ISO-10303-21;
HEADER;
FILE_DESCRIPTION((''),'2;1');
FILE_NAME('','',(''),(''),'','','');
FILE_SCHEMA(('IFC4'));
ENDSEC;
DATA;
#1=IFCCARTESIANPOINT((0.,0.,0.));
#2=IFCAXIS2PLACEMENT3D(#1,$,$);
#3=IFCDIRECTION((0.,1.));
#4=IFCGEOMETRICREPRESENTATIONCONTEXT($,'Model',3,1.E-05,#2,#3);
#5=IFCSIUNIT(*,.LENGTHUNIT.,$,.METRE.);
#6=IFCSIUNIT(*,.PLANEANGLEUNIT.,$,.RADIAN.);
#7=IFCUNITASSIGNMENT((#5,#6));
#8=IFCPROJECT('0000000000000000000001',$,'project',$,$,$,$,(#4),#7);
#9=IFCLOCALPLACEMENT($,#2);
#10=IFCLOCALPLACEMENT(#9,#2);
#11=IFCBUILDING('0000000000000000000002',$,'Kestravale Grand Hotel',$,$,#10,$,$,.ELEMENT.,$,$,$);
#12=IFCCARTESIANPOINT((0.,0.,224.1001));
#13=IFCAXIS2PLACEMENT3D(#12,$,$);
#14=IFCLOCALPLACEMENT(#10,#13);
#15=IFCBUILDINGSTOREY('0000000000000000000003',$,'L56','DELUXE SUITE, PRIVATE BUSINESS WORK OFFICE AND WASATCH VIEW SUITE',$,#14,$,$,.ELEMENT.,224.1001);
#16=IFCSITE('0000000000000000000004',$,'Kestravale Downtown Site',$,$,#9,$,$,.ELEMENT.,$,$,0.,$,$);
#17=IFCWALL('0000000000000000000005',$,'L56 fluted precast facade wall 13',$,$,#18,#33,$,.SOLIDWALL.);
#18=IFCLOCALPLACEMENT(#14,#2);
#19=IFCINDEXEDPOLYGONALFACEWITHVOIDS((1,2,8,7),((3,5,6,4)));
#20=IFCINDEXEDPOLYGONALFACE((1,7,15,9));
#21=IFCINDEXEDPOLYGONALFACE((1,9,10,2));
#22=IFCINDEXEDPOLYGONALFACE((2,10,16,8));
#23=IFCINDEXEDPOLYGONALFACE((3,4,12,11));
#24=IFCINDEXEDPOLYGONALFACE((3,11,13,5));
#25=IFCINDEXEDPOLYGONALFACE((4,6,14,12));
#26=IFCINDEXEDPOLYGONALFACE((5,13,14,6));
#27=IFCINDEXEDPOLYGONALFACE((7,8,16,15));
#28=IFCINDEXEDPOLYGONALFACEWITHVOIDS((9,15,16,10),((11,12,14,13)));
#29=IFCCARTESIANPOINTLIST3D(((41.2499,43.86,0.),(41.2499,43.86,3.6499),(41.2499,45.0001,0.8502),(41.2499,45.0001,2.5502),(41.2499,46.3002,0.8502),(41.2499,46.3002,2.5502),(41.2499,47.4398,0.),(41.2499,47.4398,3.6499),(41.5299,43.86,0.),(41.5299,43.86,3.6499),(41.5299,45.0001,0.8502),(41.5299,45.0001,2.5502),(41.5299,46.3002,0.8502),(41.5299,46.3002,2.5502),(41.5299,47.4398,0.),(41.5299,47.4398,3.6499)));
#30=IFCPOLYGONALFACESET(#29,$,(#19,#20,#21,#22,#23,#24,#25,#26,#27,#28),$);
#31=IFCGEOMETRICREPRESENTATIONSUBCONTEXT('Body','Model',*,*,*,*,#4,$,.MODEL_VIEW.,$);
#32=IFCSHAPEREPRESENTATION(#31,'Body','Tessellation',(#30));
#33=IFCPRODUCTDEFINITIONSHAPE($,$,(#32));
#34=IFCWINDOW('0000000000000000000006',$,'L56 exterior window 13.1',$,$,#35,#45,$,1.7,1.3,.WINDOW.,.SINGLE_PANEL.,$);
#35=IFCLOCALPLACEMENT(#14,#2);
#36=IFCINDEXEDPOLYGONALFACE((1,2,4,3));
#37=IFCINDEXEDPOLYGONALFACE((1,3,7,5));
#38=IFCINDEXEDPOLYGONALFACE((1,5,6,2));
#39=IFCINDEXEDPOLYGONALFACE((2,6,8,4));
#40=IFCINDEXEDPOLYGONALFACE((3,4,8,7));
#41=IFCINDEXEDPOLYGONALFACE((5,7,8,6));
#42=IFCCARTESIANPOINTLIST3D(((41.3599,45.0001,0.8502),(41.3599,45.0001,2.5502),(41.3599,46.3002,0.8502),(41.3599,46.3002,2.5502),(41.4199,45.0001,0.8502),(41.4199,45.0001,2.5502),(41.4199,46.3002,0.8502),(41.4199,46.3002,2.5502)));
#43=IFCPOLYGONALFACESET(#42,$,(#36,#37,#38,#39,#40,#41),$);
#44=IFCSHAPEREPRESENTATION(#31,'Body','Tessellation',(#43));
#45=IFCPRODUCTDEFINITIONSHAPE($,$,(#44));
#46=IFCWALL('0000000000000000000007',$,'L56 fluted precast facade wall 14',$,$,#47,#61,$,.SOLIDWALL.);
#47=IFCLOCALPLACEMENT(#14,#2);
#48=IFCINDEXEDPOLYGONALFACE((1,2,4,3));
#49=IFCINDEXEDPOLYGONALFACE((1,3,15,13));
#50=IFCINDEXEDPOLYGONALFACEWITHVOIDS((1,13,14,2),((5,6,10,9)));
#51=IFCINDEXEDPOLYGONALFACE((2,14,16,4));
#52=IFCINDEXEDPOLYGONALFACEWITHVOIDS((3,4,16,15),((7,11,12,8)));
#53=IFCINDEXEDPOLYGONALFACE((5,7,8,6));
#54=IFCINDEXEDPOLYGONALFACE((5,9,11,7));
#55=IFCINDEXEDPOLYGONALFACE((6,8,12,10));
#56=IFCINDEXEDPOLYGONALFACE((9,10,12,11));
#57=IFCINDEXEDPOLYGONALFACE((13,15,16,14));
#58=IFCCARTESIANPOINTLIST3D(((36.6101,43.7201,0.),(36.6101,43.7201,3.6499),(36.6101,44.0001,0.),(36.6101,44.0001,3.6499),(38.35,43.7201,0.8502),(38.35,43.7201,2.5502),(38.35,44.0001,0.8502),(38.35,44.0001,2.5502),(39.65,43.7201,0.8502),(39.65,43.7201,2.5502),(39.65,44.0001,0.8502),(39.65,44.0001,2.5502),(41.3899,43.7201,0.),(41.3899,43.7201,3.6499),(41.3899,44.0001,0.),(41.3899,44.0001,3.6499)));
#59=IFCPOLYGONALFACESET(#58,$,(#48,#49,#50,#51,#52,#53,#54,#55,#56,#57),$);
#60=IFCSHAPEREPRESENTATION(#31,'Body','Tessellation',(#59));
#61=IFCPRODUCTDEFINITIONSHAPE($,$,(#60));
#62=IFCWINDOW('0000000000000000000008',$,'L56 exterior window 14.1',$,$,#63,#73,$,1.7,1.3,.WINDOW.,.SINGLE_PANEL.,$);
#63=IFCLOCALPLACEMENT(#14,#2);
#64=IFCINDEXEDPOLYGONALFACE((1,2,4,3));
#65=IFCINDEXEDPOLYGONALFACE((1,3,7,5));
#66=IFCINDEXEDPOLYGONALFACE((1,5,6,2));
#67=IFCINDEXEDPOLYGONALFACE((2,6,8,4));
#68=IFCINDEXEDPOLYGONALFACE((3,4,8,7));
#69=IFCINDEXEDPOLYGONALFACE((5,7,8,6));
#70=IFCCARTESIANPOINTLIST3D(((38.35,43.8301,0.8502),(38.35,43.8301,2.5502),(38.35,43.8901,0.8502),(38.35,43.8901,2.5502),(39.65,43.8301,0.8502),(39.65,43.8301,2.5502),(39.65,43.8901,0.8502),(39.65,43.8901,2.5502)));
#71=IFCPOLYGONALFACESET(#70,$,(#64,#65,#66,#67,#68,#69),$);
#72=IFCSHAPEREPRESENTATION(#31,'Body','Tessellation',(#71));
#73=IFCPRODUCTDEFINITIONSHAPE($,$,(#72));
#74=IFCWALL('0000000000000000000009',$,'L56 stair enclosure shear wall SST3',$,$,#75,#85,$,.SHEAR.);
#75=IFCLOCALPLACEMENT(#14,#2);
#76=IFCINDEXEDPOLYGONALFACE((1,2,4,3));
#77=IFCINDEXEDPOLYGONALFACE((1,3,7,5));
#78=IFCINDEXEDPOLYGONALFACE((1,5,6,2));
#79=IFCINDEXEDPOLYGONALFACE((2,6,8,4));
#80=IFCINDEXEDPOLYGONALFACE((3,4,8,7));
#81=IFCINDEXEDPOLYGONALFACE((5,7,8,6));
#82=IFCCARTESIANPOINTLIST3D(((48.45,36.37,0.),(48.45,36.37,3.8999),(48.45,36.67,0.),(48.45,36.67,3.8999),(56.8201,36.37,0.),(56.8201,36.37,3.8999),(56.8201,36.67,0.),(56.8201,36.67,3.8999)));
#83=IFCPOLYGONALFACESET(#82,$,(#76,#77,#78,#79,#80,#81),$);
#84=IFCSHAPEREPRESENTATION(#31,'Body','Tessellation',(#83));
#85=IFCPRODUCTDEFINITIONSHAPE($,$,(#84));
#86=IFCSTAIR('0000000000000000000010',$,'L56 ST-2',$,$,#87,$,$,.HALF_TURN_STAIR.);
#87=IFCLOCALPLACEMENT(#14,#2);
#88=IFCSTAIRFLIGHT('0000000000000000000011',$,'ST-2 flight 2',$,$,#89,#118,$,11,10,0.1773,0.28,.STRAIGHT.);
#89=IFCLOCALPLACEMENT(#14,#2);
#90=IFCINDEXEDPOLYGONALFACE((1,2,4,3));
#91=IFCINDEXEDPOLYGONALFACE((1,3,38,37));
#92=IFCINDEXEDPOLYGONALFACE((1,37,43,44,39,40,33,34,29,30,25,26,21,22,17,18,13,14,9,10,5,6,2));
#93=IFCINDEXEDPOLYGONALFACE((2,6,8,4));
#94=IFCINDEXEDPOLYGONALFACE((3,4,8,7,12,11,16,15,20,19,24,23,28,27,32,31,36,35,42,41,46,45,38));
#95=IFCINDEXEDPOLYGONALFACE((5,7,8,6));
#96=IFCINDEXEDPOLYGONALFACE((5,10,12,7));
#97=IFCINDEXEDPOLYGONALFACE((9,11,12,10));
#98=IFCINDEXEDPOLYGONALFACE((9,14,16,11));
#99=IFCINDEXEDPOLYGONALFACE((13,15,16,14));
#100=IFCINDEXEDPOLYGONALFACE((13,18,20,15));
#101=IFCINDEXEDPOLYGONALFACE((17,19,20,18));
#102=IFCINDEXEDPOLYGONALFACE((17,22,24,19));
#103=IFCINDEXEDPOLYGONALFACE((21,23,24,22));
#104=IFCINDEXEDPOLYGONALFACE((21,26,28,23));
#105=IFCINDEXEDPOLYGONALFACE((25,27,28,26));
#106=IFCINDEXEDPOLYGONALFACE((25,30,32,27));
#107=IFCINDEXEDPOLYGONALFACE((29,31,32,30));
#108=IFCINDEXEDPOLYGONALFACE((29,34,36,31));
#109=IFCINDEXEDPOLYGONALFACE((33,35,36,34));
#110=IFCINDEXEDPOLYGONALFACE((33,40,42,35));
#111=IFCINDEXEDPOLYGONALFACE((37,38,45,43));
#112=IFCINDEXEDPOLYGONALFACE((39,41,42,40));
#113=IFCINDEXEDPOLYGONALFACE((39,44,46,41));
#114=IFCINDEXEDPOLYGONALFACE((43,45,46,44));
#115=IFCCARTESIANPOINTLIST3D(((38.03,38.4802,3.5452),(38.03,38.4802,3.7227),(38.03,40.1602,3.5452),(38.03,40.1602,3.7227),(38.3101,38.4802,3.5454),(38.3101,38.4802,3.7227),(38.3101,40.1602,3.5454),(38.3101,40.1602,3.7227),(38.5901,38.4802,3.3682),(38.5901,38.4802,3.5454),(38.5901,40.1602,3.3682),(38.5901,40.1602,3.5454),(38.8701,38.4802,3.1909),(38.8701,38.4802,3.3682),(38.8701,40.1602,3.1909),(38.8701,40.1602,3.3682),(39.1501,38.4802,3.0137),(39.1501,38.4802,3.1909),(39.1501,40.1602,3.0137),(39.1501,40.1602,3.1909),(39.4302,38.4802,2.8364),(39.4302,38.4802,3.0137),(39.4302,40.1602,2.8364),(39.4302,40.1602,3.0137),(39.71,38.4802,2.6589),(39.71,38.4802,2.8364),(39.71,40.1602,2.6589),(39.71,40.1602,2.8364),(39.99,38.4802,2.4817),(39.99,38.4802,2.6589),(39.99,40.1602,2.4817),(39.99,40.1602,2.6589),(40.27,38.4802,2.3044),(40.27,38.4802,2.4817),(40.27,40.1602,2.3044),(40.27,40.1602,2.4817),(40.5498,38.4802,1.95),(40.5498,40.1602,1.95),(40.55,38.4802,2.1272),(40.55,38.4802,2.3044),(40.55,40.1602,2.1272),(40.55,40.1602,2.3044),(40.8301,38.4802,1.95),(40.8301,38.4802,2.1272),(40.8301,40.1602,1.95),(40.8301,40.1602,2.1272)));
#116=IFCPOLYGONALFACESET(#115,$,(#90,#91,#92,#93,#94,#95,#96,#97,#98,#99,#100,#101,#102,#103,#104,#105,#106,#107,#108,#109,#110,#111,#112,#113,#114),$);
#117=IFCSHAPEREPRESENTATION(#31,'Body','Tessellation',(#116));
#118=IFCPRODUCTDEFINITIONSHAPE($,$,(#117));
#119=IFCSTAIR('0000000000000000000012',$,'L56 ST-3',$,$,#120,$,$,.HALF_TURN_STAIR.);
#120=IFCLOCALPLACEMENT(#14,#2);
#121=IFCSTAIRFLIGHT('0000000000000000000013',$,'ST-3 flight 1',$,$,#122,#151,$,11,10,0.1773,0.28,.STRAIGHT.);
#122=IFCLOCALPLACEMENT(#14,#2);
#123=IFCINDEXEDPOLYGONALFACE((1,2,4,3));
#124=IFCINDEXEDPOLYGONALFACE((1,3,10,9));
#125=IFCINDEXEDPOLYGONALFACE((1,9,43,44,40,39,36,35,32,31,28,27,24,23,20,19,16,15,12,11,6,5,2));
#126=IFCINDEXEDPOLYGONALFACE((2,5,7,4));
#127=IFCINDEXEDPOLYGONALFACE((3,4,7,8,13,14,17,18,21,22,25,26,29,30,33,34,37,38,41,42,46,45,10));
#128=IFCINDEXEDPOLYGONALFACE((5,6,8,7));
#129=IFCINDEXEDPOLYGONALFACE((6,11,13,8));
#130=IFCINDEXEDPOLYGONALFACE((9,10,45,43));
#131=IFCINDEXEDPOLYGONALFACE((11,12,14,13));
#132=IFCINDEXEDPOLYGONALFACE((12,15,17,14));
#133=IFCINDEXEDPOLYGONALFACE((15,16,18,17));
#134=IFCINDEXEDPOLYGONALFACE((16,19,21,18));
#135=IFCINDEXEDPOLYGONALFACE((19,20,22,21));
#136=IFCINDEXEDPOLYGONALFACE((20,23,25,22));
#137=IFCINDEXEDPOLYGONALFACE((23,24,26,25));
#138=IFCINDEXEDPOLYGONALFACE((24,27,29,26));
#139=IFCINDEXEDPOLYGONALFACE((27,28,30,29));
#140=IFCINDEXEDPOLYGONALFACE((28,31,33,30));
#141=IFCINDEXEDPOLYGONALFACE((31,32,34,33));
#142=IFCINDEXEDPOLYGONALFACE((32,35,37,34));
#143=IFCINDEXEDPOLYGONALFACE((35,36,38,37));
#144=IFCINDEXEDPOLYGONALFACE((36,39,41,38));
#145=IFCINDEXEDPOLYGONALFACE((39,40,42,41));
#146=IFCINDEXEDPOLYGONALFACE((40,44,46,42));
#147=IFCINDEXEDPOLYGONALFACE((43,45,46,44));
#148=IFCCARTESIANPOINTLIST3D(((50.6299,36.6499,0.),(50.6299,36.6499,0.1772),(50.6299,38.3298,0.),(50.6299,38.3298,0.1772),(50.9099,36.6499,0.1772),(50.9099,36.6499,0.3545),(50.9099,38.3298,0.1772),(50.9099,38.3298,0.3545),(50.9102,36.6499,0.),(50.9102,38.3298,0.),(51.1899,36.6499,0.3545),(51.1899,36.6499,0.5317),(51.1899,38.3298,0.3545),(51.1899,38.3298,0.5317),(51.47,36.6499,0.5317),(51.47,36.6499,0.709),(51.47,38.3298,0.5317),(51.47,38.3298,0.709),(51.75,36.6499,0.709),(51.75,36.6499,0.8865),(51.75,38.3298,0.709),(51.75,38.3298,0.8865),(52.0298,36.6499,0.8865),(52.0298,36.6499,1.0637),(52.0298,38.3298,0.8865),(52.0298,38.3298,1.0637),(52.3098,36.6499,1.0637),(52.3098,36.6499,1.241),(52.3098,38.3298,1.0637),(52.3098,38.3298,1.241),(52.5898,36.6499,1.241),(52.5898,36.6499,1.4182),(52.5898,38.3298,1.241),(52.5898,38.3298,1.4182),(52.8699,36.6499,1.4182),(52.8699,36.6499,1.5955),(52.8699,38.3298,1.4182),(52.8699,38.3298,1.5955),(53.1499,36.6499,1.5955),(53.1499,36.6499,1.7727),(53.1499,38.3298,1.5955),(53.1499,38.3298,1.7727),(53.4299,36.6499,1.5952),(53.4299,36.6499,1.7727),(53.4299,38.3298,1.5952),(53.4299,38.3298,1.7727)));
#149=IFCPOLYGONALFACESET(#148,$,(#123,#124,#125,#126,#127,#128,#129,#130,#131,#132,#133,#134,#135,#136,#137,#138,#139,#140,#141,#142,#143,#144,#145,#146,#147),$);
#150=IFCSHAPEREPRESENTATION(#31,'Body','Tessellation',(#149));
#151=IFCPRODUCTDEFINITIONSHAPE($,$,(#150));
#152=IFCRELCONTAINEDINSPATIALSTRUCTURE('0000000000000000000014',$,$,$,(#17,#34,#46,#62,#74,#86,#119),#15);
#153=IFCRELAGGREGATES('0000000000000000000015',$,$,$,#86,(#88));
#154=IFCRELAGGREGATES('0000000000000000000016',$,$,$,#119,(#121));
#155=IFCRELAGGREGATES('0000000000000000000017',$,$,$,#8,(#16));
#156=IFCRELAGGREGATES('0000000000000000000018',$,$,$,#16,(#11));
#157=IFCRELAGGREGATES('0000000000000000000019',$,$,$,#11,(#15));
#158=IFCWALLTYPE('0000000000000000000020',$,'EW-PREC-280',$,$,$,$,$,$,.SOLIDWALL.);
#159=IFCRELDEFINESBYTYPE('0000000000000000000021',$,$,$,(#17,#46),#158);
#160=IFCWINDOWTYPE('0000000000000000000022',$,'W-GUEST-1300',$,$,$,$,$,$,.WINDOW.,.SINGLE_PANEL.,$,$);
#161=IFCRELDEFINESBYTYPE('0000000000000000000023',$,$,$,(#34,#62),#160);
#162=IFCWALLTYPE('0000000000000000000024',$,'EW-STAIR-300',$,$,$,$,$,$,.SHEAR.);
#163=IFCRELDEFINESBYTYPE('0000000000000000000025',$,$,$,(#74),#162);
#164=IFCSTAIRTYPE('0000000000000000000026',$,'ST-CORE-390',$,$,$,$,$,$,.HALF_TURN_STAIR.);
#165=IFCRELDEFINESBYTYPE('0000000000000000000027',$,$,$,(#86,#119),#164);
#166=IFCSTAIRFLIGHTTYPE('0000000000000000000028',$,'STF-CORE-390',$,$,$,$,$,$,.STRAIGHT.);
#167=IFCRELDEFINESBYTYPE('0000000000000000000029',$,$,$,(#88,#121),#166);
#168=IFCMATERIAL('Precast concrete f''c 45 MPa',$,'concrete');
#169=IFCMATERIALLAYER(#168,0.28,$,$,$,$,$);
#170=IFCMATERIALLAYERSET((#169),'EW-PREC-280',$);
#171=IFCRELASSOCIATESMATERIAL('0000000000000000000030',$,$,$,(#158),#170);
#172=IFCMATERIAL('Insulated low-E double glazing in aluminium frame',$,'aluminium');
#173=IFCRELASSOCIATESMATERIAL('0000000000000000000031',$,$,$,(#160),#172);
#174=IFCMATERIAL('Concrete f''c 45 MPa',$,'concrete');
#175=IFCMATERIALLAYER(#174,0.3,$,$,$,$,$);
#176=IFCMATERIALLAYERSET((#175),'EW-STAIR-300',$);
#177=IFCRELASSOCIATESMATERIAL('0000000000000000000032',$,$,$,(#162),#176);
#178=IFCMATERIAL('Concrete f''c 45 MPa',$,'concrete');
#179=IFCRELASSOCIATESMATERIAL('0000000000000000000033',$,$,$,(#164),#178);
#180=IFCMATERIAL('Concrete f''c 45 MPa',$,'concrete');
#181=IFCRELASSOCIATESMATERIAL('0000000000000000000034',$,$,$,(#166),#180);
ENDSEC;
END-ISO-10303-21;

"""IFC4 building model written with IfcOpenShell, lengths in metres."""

from ifc_helpers import new_model, si_unit, direction, frame, frame_2d, origin, place, context, subcontext, project, spatial, polyline, rectangle, outline, extrude, material, layer, layer_set, type_object, element, fill, aggregate, save


model = new_model("IFC4")

# Units and contexts
model_context = context("Model", 3, precision=1e-05, world=origin(), true_north=direction((0.0, 1.0)))
body_context = subcontext(model_context, "Body", "Model", "MODEL_VIEW")
ifc_project = project(units=[si_unit("LENGTHUNIT", "METRE"), si_unit("PLANEANGLEUNIT", "RADIAN")], contexts=[model_context])

# Site, building, storey
site_placement = place(None, origin())
site = spatial("IfcSite", under=ifc_project, at=site_placement, Name="Kestravale Downtown Site", CompositionType="ELEMENT", RefElevation=0.0)
building_placement = place(site_placement, origin())
building = spatial("IfcBuilding", under=site, at=building_placement, Name="Kestravale Grand Hotel", CompositionType="ELEMENT")
storey_placement = place(building_placement, frame((0.0, 0.0, 224.1001)))
storey = spatial("IfcBuildingStorey", under=building, at=storey_placement, Name="L56", Description="DELUXE SUITE, PRIVATE BUSINESS WORK OFFICE AND WASATCH VIEW SUITE", CompositionType="ELEMENT", Elevation=224.1001)

# Shared definitions
ifc_material_1 = material(Name="Precast concrete f'c 45 MPa", Category="concrete")
ifc_layer_1 = layer(ifc_material_1, 0.28)
ifc_layer_set_1 = layer_set([ifc_layer_1], Name="EW-PREC-280")
wall_type_1 = type_object("IfcWallType", Name="EW-PREC-280", PredefinedType="SOLIDWALL", material=ifc_layer_set_1)

# Walls, openings, windows
wall_1_placement = place(storey_placement, frame((41.3899, 47.4399, 0.0), z_axis=(0.0, 0.0, 1.0), x_axis=(0.0, -1.0, 0.0)))
wall_1 = element("IfcWall", 1, at=wall_1_placement, inside=storey, type_object=wall_type_1, Name="L56 fluted precast facade wall 13", PredefinedType="SOLIDWALL", context=body_context, shape_type="SweptSolid", body=[
    extrude(rectangle(XDim=3.5798, YDim=0.28, at=frame_2d((1.79, 0.0))), origin(), (0.0, 0.0, 1.0), 3.6499),
])
opening_1_placement = place(wall_1_placement, frame((1.1399, 0.0, 0.8501)))
opening_1 = element("IfcOpeningElement", 2, at=opening_1_placement, cuts=wall_1, PredefinedType="OPENING", context=body_context, shape_type="SweptSolid", body=[
    extrude(rectangle(XDim=1.3, YDim=1.7, at=frame_2d((0.6499, 0.8501))), frame((0.0, 0.1499, 0.0), z_axis=(0.0, -1.0, 0.0), x_axis=(1.0, 0.0, 0.0)), (0.0, 0.0, 1.0), 0.3),
])
ifc_material_2 = material(Name="Insulated low-E double glazing in aluminium frame", Category="aluminium")
window_type = type_object("IfcWindowType", Name="W-GUEST-1300", PartitioningType="SINGLE_PANEL", PredefinedType="WINDOW", material=ifc_material_2)
window_1_placement = place(opening_1_placement, origin())
window_1 = element("IfcWindow", 3, at=window_1_placement, inside=storey, type_object=window_type, Name="L56 exterior window 13.1", OverallHeight=1.7, OverallWidth=1.3, PartitioningType="SINGLE_PANEL", PredefinedType="WINDOW", context=body_context, shape_type="SweptSolid", body=[
    extrude(rectangle(XDim=1.3, YDim=1.7, at=frame_2d((0.6499, 0.8501))), frame((0.0, 0.03, 0.0), z_axis=(0.0, -1.0, 0.0), x_axis=(1.0, 0.0, 0.0)), (0.0, 0.0, 1.0), 0.0601),
])
fill(opening_1, window_1)
wall_2_placement = place(storey_placement, frame((41.3899, 43.8601, 0.0), z_axis=(0.0, 0.0, 1.0), x_axis=(-1.0, 0.0, 0.0)))
wall_2 = element("IfcWall", 4, at=wall_2_placement, inside=storey, type_object=wall_type_1, Name="L56 fluted precast facade wall 14", PredefinedType="SOLIDWALL", context=body_context, shape_type="SweptSolid", body=[
    extrude(rectangle(XDim=4.7798, YDim=0.28, at=frame_2d((2.3899, 0.0))), origin(), (0.0, 0.0, 1.0), 3.6499),
])
opening_2_placement = place(wall_2_placement, frame((1.74, 0.0, 0.8501)))
opening_2 = element("IfcOpeningElement", 5, at=opening_2_placement, cuts=wall_2, PredefinedType="OPENING", context=body_context, shape_type="SweptSolid", body=[
    extrude(rectangle(XDim=1.3, YDim=1.7, at=frame_2d((0.6499, 0.8501))), frame((0.0, 0.1499, 0.0), z_axis=(0.0, -1.0, 0.0), x_axis=(1.0, 0.0, 0.0)), (0.0, 0.0, 1.0), 0.3),
])
window_2_placement = place(opening_2_placement, origin())
window_2 = element("IfcWindow", 6, at=window_2_placement, inside=storey, type_object=window_type, Name="L56 exterior window 14.1", OverallHeight=1.7, OverallWidth=1.3, PartitioningType="SINGLE_PANEL", PredefinedType="WINDOW", context=body_context, shape_type="SweptSolid", body=[
    extrude(rectangle(XDim=1.3, YDim=1.7, at=frame_2d((0.6499, 0.8501))), frame((0.0, 0.03, 0.0), z_axis=(0.0, -1.0, 0.0), x_axis=(1.0, 0.0, 0.0)), (0.0, 0.0, 1.0), 0.0601),
])
fill(opening_2, window_2)

# Wall
ifc_material_3 = material(Name="Concrete f'c 45 MPa", Category="concrete")
ifc_layer_2 = layer(ifc_material_3, 0.3)
ifc_layer_set_2 = layer_set([ifc_layer_2], Name="EW-STAIR-300")
wall_type_2 = type_object("IfcWallType", Name="EW-STAIR-300", PredefinedType="SHEAR", material=ifc_layer_set_2)
wall_3_placement = place(storey_placement, frame((48.45, 36.52, 0.0), z_axis=(0.0, 0.0, 1.0), x_axis=(1.0, 0.0, 0.0)))
element("IfcWall", 7, at=wall_3_placement, inside=storey, type_object=wall_type_2, Name="L56 stair enclosure shear wall SST3", PredefinedType="SHEAR", context=body_context, shape_type="SweptSolid", body=[
    extrude(rectangle(XDim=8.3701, YDim=0.3, at=frame_2d((4.1851, 0.0))), origin(), (0.0, 0.0, 1.0), 3.8999),
])

# Stairs, stair flights
ifc_material_4 = material(Name="Concrete f'c 45 MPa", Category="concrete")
stair_type = type_object("IfcStairType", Name="ST-CORE-390", PredefinedType="HALF_TURN_STAIR", material=ifc_material_4)
stair_1_placement = place(storey_placement, origin())
stair_1 = element("IfcStair", 8, at=stair_1_placement, inside=storey, type_object=stair_type, Name="L56 ST-2", PredefinedType="HALF_TURN_STAIR")
ifc_material_5 = material(Name="Concrete f'c 45 MPa", Category="concrete")
stair_flight_type = type_object("IfcStairFlightType", Name="STF-CORE-390", PredefinedType="STRAIGHT", material=ifc_material_5)
stair_flight_1_placement = place(storey_placement, frame((40.8301, 39.3201, 1.95), z_axis=(0.0, 0.0, 1.0), x_axis=(-1.0, 0.0, 0.0)))
stair_flight_1 = element("IfcStairFlight", 9, at=stair_flight_1_placement, type_object=stair_flight_type, Name="ST-2 flight 2", NumberOfRisers=11, NumberOfTreads=10, PredefinedType="STRAIGHT", RiserHeight=0.1773, TreadLength=0.28, context=body_context, shape_type="SweptSolid", body=[
    extrude(outline(polyline([(0.0, 0.0), (0.0, 0.1772), (0.28, 0.1772), (0.28, 0.3545), (0.5601, 0.3545), (0.5601, 0.5317), (0.8401, 0.5317), (0.8401, 0.709), (1.1201, 0.709), (1.1201, 0.8865), (1.3999, 0.8865), (1.3999, 1.0637), (1.6799, 1.0637), (1.6799, 1.241), (1.96, 1.241), (1.96, 1.4182), (2.24, 1.4182), (2.24, 1.5955), (2.52, 1.5955), (2.52, 1.7727), (2.8, 1.7727), (2.8, 1.95), (2.8, 1.5952), (0.2803, 0.0), (0.0, 0.0)])), frame((0.0, 0.8398, 0.0), z_axis=(0.0, -1.0, 0.0), x_axis=(1.0, 0.0, 0.0)), (0.0, 0.0, 1.0), 1.6799),
])
aggregate(stair_1, [stair_flight_1])
stair_2_placement = place(storey_placement, origin())
stair_2 = element("IfcStair", 10, at=stair_2_placement, inside=storey, type_object=stair_type, Name="L56 ST-3", PredefinedType="HALF_TURN_STAIR")
stair_flight_2_placement = place(storey_placement, frame((50.6299, 37.49, 0.0), z_axis=(0.0, 0.0, 1.0), x_axis=(1.0, 0.0, 0.0)))
stair_flight_2 = element("IfcStairFlight", 11, at=stair_flight_2_placement, type_object=stair_flight_type, Name="ST-3 flight 1", NumberOfRisers=11, NumberOfTreads=10, PredefinedType="STRAIGHT", RiserHeight=0.1773, TreadLength=0.28, context=body_context, shape_type="SweptSolid", body=[
    extrude(outline(polyline([(0.0, 0.0), (0.0, 0.1772), (0.28, 0.1772), (0.28, 0.3545), (0.5601, 0.3545), (0.5601, 0.5317), (0.8401, 0.5317), (0.8401, 0.709), (1.1201, 0.709), (1.1201, 0.8865), (1.3999, 0.8865), (1.3999, 1.0637), (1.6799, 1.0637), (1.6799, 1.241), (1.96, 1.241), (1.96, 1.4182), (2.24, 1.4182), (2.24, 1.5955), (2.52, 1.5955), (2.52, 1.7727), (2.8, 1.7727), (2.8, 1.95), (2.8, 1.5952), (0.2803, 0.0), (0.0, 0.0)])), frame((0.0, 0.8398, 0.0), z_axis=(0.0, -1.0, 0.0), x_axis=(1.0, 0.0, 0.0)), (0.0, 0.0, 1.0), 1.6799),
])
aggregate(stair_2, [stair_flight_2])

save(model, "model.ifc")
